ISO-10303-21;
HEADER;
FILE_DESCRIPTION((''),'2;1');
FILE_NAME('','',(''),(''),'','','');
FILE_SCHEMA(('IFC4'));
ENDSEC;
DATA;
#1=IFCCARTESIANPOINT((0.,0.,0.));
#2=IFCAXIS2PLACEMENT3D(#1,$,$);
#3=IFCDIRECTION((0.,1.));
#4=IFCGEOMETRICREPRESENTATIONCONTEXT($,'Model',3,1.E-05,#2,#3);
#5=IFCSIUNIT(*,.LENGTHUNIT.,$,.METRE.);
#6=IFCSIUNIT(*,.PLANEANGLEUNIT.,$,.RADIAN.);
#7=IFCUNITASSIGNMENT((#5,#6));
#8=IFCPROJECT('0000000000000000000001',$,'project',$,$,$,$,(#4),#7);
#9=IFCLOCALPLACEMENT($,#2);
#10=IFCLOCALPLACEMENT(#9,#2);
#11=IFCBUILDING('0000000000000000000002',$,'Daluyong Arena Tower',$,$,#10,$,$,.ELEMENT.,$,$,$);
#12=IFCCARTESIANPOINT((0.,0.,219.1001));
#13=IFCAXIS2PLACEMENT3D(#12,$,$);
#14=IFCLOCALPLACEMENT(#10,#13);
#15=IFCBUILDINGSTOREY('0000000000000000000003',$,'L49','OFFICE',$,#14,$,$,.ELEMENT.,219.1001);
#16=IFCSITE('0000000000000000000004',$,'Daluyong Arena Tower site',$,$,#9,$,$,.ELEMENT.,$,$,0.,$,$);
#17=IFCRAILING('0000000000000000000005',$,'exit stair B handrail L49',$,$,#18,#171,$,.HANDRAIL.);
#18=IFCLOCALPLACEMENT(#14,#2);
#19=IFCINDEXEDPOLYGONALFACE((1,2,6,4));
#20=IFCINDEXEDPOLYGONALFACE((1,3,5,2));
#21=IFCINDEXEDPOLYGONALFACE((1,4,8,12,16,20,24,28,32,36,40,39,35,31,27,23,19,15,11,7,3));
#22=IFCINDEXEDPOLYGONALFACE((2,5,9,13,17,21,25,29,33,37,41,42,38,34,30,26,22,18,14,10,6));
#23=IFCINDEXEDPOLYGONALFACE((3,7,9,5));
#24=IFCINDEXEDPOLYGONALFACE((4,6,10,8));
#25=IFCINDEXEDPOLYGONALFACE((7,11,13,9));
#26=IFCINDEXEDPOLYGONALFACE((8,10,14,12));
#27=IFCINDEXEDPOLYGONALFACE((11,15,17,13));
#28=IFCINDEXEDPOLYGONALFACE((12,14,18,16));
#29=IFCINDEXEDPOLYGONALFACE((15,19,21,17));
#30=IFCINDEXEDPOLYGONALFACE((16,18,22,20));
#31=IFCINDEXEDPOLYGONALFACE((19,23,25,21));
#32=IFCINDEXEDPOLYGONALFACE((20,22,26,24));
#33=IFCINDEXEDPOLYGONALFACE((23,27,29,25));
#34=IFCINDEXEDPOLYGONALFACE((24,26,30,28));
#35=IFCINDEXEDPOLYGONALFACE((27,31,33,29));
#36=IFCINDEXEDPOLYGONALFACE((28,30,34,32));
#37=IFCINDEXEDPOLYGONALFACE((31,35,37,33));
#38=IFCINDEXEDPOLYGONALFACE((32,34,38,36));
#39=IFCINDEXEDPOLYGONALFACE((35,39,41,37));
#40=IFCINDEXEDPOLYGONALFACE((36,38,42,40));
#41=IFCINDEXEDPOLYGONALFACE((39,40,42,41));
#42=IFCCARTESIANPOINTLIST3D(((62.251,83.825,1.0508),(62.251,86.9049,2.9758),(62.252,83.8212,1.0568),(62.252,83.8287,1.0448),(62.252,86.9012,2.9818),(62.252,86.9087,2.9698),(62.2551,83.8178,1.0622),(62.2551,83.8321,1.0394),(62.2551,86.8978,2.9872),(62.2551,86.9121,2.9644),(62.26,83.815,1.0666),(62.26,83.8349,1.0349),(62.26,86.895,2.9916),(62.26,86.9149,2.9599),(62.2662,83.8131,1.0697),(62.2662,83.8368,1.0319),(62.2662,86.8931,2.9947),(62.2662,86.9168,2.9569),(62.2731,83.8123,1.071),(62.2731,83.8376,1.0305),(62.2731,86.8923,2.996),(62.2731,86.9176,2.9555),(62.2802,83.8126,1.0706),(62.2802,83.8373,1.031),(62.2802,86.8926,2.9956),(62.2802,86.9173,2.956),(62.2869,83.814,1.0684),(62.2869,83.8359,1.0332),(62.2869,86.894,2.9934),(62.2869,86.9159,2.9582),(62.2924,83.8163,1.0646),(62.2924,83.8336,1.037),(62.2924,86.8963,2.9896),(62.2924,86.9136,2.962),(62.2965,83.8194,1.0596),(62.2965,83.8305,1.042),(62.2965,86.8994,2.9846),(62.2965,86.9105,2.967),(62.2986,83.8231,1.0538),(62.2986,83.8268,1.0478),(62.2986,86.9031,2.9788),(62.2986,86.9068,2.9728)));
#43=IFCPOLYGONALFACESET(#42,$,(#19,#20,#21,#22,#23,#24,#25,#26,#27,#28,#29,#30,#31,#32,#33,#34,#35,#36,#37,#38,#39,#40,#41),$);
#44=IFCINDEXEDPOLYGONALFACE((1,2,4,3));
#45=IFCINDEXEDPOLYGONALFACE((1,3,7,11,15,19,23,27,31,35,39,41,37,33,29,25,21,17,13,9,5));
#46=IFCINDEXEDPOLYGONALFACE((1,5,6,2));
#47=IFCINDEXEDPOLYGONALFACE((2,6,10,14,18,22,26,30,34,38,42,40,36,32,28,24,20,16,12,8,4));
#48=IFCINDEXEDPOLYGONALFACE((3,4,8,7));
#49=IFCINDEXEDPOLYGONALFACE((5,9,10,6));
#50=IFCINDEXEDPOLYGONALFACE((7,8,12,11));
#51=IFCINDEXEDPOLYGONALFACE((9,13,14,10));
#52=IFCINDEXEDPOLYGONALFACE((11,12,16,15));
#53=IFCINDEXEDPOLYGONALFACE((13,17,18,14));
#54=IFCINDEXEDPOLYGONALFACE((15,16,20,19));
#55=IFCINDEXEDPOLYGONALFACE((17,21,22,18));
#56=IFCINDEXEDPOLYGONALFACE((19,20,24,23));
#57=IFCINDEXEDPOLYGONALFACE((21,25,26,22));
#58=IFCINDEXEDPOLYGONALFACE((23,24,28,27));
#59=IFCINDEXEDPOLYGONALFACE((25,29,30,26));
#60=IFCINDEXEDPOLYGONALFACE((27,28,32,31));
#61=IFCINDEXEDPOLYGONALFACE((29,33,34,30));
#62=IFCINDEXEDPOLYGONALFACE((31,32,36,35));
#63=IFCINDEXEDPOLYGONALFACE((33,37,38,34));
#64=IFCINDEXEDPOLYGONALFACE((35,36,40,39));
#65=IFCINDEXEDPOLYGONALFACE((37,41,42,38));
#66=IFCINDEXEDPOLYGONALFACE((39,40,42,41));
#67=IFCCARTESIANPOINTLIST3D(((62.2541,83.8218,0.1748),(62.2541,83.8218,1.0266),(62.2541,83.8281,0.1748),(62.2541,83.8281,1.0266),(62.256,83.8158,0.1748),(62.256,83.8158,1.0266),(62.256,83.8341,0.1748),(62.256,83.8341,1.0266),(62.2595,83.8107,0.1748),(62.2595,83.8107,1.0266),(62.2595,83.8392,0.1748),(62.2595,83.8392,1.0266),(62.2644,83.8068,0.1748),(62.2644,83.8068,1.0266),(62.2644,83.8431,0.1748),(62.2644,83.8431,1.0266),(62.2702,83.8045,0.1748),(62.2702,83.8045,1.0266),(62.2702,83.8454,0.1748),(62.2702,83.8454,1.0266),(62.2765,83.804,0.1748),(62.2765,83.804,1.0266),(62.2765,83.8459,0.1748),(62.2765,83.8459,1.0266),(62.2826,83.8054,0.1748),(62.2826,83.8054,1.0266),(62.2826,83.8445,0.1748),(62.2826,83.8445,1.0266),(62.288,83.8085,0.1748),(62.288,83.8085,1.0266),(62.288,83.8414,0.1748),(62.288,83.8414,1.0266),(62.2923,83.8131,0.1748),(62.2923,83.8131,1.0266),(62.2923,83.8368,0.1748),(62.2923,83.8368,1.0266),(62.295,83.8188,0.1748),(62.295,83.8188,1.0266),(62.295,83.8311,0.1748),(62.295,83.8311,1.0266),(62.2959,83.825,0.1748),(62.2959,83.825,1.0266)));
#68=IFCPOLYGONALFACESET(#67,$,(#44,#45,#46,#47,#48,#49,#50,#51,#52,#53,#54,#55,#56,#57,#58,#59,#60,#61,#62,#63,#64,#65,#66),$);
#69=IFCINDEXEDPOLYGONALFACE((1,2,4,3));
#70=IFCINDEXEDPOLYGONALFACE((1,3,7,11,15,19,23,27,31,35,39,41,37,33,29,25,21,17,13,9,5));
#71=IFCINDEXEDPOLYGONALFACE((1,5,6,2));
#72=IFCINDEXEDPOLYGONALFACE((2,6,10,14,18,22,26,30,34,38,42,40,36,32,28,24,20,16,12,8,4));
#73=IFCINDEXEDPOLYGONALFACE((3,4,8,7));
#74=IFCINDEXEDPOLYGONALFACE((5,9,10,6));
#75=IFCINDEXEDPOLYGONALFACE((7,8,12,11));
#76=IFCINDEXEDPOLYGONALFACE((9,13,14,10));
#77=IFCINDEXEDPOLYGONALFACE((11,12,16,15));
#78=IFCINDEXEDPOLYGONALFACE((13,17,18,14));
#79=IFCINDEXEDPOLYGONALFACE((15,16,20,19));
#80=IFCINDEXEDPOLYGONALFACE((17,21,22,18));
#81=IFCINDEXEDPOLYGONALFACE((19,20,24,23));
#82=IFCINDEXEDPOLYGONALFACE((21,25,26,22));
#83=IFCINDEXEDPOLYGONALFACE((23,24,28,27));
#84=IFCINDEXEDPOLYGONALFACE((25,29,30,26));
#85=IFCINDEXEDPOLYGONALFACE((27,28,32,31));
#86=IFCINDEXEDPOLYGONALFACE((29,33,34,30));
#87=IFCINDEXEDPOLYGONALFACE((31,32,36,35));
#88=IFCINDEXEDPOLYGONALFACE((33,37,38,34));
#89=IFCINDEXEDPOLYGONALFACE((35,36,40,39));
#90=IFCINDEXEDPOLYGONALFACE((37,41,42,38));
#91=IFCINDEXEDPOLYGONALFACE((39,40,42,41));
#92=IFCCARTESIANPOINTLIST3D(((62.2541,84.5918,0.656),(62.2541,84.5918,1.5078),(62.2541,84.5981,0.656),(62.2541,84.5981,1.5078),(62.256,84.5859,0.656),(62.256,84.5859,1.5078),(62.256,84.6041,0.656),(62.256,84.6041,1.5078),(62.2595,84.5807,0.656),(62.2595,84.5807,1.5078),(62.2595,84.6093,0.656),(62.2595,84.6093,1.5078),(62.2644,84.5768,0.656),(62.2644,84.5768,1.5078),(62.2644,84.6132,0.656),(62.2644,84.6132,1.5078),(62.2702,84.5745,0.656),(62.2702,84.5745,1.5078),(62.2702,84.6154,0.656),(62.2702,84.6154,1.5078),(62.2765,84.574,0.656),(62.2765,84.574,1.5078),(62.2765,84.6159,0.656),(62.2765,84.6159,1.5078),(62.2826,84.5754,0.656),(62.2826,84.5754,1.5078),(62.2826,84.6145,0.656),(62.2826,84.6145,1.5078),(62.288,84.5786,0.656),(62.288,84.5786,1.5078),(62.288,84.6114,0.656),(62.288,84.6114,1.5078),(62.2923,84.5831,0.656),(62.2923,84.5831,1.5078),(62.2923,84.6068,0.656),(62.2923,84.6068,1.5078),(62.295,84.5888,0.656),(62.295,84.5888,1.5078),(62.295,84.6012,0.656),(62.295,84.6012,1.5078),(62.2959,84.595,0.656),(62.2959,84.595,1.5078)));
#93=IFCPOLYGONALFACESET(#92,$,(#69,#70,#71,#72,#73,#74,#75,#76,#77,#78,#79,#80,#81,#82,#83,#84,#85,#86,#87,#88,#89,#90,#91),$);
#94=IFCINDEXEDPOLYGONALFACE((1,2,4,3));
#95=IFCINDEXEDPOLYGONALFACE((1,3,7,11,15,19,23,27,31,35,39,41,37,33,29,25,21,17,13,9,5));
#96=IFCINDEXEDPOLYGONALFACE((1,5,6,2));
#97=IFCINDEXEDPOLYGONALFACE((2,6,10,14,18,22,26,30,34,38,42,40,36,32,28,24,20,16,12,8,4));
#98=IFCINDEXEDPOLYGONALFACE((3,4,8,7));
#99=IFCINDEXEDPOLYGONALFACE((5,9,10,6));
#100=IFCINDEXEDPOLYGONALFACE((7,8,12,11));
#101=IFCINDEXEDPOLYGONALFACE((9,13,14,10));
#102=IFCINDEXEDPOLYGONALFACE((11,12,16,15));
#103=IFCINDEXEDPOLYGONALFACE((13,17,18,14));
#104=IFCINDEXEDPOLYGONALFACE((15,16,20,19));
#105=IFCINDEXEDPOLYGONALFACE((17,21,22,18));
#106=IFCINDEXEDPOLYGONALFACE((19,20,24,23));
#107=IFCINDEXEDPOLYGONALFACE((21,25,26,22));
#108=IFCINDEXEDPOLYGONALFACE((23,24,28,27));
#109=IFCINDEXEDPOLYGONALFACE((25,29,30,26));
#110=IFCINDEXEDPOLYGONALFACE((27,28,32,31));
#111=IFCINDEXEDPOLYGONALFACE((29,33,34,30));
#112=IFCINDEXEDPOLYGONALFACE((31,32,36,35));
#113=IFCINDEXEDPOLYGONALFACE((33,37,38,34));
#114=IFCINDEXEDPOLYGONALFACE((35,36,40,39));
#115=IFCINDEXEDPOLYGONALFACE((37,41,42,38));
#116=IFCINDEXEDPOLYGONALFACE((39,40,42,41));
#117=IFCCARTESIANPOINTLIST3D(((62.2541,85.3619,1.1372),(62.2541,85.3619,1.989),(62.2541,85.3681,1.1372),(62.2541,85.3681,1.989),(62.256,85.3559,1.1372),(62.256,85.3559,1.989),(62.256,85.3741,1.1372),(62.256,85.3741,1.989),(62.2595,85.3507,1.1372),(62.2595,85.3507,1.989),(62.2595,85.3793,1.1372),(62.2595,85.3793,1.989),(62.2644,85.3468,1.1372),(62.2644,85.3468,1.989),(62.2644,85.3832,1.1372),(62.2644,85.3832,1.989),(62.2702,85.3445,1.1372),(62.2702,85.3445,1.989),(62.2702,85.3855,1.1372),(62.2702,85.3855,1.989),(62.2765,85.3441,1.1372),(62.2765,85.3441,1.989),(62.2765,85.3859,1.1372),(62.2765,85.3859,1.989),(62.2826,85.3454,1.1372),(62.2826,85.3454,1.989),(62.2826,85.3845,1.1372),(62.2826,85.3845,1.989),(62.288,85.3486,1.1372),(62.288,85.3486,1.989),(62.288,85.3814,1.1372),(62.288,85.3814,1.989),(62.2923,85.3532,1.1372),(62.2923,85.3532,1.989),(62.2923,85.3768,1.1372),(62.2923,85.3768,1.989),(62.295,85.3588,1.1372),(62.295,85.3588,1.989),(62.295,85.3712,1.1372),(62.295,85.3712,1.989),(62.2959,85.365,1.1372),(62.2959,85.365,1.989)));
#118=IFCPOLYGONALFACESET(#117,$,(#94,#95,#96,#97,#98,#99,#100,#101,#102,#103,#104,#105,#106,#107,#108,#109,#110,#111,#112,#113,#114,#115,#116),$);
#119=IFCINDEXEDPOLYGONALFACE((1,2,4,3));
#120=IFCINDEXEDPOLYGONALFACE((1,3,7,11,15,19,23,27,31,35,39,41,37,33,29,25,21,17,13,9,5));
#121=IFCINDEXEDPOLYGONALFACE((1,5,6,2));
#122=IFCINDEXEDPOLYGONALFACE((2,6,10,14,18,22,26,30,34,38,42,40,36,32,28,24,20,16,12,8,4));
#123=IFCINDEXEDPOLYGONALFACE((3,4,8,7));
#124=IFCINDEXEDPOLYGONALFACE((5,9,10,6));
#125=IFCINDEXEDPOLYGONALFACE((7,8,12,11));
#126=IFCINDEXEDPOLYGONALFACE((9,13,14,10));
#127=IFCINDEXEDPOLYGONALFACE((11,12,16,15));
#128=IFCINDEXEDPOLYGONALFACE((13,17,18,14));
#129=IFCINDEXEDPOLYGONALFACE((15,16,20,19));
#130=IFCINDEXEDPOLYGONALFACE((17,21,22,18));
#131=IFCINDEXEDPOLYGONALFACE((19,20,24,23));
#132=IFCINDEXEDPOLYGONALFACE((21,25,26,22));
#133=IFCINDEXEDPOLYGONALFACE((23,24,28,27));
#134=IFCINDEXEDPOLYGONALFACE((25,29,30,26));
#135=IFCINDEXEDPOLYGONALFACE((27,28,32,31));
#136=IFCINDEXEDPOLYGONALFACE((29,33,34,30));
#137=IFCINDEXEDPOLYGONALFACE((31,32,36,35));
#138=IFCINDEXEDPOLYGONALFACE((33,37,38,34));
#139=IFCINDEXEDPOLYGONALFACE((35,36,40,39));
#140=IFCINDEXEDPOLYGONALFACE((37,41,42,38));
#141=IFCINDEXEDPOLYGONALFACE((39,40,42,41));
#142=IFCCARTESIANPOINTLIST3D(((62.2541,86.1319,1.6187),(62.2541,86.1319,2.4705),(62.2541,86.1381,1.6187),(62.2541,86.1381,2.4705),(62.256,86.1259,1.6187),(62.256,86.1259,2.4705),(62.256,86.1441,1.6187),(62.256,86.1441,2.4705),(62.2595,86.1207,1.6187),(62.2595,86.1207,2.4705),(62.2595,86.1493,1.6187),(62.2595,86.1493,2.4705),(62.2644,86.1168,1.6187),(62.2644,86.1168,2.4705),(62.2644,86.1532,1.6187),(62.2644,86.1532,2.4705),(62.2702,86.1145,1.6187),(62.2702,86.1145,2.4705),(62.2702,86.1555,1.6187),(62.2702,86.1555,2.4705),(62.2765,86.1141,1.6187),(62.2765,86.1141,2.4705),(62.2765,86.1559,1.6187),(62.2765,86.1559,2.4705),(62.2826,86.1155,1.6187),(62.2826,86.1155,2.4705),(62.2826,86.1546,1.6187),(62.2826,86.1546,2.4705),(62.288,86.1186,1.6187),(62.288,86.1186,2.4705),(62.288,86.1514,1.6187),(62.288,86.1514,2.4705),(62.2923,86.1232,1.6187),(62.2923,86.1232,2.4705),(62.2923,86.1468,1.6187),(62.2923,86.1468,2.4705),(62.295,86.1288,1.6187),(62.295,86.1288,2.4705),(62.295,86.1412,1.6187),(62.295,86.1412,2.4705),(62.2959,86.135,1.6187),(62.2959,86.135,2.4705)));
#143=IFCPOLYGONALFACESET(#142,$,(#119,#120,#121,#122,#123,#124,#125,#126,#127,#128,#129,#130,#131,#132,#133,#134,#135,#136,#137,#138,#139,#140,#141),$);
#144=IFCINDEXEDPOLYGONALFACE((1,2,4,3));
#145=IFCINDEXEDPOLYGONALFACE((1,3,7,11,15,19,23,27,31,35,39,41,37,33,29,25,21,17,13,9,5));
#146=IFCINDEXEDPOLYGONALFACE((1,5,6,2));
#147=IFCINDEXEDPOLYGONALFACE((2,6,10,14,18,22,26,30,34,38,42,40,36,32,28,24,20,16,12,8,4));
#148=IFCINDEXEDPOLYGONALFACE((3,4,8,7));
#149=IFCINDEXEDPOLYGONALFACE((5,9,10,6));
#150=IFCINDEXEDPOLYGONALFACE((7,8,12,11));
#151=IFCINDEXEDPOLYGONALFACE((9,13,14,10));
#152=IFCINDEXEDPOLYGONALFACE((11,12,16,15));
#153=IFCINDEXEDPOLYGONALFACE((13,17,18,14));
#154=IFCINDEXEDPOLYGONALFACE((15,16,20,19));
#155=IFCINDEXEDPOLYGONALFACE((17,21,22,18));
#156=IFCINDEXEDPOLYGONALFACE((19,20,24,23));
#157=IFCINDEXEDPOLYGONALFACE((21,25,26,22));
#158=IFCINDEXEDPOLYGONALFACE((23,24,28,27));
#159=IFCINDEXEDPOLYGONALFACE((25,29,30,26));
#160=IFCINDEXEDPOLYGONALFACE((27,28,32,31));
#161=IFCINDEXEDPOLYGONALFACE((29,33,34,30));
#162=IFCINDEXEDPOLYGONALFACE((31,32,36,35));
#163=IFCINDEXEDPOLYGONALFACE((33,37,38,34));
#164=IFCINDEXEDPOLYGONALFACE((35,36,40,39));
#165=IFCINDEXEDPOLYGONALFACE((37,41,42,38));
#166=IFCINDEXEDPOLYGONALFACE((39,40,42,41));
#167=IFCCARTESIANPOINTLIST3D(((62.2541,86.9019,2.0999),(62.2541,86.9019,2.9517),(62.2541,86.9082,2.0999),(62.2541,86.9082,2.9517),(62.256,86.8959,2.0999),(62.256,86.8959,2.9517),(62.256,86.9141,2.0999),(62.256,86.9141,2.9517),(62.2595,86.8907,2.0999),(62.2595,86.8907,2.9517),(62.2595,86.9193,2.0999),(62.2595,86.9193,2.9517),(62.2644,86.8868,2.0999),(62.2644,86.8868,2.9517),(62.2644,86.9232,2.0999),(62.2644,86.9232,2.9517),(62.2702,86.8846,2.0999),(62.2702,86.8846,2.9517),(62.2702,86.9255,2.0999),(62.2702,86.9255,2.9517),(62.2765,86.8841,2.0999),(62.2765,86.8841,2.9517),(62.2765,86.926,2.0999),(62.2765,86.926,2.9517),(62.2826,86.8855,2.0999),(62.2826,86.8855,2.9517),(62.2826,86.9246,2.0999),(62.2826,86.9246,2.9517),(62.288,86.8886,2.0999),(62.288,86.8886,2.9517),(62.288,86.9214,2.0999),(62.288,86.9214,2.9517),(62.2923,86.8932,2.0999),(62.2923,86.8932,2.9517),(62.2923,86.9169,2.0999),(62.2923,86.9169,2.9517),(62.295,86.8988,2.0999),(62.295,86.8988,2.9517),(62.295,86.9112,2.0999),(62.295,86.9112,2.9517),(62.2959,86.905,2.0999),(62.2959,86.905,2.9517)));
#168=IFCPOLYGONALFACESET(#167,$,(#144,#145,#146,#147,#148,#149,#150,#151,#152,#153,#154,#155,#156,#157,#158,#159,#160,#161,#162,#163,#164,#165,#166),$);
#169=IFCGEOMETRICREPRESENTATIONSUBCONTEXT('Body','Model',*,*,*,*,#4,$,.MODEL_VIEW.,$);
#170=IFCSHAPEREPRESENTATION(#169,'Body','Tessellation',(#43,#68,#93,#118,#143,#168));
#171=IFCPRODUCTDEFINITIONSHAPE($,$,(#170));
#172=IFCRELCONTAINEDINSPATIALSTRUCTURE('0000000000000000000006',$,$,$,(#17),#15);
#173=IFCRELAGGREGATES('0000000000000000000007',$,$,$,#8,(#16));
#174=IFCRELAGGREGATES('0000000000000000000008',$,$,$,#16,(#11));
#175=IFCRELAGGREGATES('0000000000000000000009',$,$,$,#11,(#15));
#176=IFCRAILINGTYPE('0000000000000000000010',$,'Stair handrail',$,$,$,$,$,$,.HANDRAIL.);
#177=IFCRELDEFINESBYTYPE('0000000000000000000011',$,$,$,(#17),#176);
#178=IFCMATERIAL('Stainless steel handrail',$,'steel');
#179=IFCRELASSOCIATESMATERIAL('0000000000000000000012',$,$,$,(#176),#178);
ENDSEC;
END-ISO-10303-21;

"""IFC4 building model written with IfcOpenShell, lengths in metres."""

from ifc_helpers import new_model, si_unit, direction, frame, origin, origin_2d, place, context, subcontext, project, spatial, circle, extrude, material, type_object, element, save


model = new_model("IFC4")

# Units and contexts
model_context = context("Model", 3, precision=1e-05, world=origin(), true_north=direction((0.0, 1.0)))
body_context = subcontext(model_context, "Body", "Model", "MODEL_VIEW")
ifc_project = project(units=[si_unit("LENGTHUNIT", "METRE"), si_unit("PLANEANGLEUNIT", "RADIAN")], contexts=[model_context])

# Site, building, storey
site_placement = place(None, origin())
site = spatial("IfcSite", under=ifc_project, at=site_placement, Name="Daluyong Arena Tower site", CompositionType="ELEMENT", RefElevation=0.0)
building_placement = place(site_placement, origin())
building = spatial("IfcBuilding", under=site, at=building_placement, Name="Daluyong Arena Tower", CompositionType="ELEMENT")
storey_placement = place(building_placement, frame((0.0, 0.0, 219.1001)))
storey = spatial("IfcBuildingStorey", under=building, at=storey_placement, Name="L49", Description="OFFICE", CompositionType="ELEMENT", Elevation=219.1001)

# Railing
ifc_material_1 = material(Name="Stainless steel handrail", Category="steel")
railing_type_1 = type_object("IfcRailingType", Name="Stair handrail", PredefinedType="HANDRAIL", material=ifc_material_1)
railing_1_placement = place(storey_placement, frame((62.2749, 83.825, 0.1748)))
element("IfcRailing", 1, at=railing_1_placement, inside=storey, type_object=railing_type_1, Name="exit stair B handrail L49", PredefinedType="HANDRAIL", context=body_context, shape_type="SweptSolid", body=[
    extrude(circle(Radius=0.0239, at=origin_2d()), frame((0.0, 0.0, 0.876), z_axis=(0.0, 0.847998, 0.529999), x_axis=(-1.0, 0.0, 0.0)), (0.0, 0.0, 1.0), 3.6321),
    extrude(circle(Radius=0.021, at=origin_2d()), origin(), (0.0, 0.0, 1.0), 0.8518),
    extrude(circle(Radius=0.021, at=origin_2d()), frame((0.0, 0.77, 0.4812)), (0.0, 0.0, 1.0), 0.8518),
    extrude(circle(Radius=0.021, at=origin_2d()), frame((0.0, 1.54, 0.9624)), (0.0, 0.0, 1.0), 0.8518),
    extrude(circle(Radius=0.021, at=origin_2d()), frame((0.0, 2.3101, 1.4438)), (0.0, 0.0, 1.0), 0.8518),
    extrude(circle(Radius=0.021, at=origin_2d()), frame((0.0, 3.0801, 1.925)), (0.0, 0.0, 1.0), 0.8518),
])

save(model, "model.ifc")
